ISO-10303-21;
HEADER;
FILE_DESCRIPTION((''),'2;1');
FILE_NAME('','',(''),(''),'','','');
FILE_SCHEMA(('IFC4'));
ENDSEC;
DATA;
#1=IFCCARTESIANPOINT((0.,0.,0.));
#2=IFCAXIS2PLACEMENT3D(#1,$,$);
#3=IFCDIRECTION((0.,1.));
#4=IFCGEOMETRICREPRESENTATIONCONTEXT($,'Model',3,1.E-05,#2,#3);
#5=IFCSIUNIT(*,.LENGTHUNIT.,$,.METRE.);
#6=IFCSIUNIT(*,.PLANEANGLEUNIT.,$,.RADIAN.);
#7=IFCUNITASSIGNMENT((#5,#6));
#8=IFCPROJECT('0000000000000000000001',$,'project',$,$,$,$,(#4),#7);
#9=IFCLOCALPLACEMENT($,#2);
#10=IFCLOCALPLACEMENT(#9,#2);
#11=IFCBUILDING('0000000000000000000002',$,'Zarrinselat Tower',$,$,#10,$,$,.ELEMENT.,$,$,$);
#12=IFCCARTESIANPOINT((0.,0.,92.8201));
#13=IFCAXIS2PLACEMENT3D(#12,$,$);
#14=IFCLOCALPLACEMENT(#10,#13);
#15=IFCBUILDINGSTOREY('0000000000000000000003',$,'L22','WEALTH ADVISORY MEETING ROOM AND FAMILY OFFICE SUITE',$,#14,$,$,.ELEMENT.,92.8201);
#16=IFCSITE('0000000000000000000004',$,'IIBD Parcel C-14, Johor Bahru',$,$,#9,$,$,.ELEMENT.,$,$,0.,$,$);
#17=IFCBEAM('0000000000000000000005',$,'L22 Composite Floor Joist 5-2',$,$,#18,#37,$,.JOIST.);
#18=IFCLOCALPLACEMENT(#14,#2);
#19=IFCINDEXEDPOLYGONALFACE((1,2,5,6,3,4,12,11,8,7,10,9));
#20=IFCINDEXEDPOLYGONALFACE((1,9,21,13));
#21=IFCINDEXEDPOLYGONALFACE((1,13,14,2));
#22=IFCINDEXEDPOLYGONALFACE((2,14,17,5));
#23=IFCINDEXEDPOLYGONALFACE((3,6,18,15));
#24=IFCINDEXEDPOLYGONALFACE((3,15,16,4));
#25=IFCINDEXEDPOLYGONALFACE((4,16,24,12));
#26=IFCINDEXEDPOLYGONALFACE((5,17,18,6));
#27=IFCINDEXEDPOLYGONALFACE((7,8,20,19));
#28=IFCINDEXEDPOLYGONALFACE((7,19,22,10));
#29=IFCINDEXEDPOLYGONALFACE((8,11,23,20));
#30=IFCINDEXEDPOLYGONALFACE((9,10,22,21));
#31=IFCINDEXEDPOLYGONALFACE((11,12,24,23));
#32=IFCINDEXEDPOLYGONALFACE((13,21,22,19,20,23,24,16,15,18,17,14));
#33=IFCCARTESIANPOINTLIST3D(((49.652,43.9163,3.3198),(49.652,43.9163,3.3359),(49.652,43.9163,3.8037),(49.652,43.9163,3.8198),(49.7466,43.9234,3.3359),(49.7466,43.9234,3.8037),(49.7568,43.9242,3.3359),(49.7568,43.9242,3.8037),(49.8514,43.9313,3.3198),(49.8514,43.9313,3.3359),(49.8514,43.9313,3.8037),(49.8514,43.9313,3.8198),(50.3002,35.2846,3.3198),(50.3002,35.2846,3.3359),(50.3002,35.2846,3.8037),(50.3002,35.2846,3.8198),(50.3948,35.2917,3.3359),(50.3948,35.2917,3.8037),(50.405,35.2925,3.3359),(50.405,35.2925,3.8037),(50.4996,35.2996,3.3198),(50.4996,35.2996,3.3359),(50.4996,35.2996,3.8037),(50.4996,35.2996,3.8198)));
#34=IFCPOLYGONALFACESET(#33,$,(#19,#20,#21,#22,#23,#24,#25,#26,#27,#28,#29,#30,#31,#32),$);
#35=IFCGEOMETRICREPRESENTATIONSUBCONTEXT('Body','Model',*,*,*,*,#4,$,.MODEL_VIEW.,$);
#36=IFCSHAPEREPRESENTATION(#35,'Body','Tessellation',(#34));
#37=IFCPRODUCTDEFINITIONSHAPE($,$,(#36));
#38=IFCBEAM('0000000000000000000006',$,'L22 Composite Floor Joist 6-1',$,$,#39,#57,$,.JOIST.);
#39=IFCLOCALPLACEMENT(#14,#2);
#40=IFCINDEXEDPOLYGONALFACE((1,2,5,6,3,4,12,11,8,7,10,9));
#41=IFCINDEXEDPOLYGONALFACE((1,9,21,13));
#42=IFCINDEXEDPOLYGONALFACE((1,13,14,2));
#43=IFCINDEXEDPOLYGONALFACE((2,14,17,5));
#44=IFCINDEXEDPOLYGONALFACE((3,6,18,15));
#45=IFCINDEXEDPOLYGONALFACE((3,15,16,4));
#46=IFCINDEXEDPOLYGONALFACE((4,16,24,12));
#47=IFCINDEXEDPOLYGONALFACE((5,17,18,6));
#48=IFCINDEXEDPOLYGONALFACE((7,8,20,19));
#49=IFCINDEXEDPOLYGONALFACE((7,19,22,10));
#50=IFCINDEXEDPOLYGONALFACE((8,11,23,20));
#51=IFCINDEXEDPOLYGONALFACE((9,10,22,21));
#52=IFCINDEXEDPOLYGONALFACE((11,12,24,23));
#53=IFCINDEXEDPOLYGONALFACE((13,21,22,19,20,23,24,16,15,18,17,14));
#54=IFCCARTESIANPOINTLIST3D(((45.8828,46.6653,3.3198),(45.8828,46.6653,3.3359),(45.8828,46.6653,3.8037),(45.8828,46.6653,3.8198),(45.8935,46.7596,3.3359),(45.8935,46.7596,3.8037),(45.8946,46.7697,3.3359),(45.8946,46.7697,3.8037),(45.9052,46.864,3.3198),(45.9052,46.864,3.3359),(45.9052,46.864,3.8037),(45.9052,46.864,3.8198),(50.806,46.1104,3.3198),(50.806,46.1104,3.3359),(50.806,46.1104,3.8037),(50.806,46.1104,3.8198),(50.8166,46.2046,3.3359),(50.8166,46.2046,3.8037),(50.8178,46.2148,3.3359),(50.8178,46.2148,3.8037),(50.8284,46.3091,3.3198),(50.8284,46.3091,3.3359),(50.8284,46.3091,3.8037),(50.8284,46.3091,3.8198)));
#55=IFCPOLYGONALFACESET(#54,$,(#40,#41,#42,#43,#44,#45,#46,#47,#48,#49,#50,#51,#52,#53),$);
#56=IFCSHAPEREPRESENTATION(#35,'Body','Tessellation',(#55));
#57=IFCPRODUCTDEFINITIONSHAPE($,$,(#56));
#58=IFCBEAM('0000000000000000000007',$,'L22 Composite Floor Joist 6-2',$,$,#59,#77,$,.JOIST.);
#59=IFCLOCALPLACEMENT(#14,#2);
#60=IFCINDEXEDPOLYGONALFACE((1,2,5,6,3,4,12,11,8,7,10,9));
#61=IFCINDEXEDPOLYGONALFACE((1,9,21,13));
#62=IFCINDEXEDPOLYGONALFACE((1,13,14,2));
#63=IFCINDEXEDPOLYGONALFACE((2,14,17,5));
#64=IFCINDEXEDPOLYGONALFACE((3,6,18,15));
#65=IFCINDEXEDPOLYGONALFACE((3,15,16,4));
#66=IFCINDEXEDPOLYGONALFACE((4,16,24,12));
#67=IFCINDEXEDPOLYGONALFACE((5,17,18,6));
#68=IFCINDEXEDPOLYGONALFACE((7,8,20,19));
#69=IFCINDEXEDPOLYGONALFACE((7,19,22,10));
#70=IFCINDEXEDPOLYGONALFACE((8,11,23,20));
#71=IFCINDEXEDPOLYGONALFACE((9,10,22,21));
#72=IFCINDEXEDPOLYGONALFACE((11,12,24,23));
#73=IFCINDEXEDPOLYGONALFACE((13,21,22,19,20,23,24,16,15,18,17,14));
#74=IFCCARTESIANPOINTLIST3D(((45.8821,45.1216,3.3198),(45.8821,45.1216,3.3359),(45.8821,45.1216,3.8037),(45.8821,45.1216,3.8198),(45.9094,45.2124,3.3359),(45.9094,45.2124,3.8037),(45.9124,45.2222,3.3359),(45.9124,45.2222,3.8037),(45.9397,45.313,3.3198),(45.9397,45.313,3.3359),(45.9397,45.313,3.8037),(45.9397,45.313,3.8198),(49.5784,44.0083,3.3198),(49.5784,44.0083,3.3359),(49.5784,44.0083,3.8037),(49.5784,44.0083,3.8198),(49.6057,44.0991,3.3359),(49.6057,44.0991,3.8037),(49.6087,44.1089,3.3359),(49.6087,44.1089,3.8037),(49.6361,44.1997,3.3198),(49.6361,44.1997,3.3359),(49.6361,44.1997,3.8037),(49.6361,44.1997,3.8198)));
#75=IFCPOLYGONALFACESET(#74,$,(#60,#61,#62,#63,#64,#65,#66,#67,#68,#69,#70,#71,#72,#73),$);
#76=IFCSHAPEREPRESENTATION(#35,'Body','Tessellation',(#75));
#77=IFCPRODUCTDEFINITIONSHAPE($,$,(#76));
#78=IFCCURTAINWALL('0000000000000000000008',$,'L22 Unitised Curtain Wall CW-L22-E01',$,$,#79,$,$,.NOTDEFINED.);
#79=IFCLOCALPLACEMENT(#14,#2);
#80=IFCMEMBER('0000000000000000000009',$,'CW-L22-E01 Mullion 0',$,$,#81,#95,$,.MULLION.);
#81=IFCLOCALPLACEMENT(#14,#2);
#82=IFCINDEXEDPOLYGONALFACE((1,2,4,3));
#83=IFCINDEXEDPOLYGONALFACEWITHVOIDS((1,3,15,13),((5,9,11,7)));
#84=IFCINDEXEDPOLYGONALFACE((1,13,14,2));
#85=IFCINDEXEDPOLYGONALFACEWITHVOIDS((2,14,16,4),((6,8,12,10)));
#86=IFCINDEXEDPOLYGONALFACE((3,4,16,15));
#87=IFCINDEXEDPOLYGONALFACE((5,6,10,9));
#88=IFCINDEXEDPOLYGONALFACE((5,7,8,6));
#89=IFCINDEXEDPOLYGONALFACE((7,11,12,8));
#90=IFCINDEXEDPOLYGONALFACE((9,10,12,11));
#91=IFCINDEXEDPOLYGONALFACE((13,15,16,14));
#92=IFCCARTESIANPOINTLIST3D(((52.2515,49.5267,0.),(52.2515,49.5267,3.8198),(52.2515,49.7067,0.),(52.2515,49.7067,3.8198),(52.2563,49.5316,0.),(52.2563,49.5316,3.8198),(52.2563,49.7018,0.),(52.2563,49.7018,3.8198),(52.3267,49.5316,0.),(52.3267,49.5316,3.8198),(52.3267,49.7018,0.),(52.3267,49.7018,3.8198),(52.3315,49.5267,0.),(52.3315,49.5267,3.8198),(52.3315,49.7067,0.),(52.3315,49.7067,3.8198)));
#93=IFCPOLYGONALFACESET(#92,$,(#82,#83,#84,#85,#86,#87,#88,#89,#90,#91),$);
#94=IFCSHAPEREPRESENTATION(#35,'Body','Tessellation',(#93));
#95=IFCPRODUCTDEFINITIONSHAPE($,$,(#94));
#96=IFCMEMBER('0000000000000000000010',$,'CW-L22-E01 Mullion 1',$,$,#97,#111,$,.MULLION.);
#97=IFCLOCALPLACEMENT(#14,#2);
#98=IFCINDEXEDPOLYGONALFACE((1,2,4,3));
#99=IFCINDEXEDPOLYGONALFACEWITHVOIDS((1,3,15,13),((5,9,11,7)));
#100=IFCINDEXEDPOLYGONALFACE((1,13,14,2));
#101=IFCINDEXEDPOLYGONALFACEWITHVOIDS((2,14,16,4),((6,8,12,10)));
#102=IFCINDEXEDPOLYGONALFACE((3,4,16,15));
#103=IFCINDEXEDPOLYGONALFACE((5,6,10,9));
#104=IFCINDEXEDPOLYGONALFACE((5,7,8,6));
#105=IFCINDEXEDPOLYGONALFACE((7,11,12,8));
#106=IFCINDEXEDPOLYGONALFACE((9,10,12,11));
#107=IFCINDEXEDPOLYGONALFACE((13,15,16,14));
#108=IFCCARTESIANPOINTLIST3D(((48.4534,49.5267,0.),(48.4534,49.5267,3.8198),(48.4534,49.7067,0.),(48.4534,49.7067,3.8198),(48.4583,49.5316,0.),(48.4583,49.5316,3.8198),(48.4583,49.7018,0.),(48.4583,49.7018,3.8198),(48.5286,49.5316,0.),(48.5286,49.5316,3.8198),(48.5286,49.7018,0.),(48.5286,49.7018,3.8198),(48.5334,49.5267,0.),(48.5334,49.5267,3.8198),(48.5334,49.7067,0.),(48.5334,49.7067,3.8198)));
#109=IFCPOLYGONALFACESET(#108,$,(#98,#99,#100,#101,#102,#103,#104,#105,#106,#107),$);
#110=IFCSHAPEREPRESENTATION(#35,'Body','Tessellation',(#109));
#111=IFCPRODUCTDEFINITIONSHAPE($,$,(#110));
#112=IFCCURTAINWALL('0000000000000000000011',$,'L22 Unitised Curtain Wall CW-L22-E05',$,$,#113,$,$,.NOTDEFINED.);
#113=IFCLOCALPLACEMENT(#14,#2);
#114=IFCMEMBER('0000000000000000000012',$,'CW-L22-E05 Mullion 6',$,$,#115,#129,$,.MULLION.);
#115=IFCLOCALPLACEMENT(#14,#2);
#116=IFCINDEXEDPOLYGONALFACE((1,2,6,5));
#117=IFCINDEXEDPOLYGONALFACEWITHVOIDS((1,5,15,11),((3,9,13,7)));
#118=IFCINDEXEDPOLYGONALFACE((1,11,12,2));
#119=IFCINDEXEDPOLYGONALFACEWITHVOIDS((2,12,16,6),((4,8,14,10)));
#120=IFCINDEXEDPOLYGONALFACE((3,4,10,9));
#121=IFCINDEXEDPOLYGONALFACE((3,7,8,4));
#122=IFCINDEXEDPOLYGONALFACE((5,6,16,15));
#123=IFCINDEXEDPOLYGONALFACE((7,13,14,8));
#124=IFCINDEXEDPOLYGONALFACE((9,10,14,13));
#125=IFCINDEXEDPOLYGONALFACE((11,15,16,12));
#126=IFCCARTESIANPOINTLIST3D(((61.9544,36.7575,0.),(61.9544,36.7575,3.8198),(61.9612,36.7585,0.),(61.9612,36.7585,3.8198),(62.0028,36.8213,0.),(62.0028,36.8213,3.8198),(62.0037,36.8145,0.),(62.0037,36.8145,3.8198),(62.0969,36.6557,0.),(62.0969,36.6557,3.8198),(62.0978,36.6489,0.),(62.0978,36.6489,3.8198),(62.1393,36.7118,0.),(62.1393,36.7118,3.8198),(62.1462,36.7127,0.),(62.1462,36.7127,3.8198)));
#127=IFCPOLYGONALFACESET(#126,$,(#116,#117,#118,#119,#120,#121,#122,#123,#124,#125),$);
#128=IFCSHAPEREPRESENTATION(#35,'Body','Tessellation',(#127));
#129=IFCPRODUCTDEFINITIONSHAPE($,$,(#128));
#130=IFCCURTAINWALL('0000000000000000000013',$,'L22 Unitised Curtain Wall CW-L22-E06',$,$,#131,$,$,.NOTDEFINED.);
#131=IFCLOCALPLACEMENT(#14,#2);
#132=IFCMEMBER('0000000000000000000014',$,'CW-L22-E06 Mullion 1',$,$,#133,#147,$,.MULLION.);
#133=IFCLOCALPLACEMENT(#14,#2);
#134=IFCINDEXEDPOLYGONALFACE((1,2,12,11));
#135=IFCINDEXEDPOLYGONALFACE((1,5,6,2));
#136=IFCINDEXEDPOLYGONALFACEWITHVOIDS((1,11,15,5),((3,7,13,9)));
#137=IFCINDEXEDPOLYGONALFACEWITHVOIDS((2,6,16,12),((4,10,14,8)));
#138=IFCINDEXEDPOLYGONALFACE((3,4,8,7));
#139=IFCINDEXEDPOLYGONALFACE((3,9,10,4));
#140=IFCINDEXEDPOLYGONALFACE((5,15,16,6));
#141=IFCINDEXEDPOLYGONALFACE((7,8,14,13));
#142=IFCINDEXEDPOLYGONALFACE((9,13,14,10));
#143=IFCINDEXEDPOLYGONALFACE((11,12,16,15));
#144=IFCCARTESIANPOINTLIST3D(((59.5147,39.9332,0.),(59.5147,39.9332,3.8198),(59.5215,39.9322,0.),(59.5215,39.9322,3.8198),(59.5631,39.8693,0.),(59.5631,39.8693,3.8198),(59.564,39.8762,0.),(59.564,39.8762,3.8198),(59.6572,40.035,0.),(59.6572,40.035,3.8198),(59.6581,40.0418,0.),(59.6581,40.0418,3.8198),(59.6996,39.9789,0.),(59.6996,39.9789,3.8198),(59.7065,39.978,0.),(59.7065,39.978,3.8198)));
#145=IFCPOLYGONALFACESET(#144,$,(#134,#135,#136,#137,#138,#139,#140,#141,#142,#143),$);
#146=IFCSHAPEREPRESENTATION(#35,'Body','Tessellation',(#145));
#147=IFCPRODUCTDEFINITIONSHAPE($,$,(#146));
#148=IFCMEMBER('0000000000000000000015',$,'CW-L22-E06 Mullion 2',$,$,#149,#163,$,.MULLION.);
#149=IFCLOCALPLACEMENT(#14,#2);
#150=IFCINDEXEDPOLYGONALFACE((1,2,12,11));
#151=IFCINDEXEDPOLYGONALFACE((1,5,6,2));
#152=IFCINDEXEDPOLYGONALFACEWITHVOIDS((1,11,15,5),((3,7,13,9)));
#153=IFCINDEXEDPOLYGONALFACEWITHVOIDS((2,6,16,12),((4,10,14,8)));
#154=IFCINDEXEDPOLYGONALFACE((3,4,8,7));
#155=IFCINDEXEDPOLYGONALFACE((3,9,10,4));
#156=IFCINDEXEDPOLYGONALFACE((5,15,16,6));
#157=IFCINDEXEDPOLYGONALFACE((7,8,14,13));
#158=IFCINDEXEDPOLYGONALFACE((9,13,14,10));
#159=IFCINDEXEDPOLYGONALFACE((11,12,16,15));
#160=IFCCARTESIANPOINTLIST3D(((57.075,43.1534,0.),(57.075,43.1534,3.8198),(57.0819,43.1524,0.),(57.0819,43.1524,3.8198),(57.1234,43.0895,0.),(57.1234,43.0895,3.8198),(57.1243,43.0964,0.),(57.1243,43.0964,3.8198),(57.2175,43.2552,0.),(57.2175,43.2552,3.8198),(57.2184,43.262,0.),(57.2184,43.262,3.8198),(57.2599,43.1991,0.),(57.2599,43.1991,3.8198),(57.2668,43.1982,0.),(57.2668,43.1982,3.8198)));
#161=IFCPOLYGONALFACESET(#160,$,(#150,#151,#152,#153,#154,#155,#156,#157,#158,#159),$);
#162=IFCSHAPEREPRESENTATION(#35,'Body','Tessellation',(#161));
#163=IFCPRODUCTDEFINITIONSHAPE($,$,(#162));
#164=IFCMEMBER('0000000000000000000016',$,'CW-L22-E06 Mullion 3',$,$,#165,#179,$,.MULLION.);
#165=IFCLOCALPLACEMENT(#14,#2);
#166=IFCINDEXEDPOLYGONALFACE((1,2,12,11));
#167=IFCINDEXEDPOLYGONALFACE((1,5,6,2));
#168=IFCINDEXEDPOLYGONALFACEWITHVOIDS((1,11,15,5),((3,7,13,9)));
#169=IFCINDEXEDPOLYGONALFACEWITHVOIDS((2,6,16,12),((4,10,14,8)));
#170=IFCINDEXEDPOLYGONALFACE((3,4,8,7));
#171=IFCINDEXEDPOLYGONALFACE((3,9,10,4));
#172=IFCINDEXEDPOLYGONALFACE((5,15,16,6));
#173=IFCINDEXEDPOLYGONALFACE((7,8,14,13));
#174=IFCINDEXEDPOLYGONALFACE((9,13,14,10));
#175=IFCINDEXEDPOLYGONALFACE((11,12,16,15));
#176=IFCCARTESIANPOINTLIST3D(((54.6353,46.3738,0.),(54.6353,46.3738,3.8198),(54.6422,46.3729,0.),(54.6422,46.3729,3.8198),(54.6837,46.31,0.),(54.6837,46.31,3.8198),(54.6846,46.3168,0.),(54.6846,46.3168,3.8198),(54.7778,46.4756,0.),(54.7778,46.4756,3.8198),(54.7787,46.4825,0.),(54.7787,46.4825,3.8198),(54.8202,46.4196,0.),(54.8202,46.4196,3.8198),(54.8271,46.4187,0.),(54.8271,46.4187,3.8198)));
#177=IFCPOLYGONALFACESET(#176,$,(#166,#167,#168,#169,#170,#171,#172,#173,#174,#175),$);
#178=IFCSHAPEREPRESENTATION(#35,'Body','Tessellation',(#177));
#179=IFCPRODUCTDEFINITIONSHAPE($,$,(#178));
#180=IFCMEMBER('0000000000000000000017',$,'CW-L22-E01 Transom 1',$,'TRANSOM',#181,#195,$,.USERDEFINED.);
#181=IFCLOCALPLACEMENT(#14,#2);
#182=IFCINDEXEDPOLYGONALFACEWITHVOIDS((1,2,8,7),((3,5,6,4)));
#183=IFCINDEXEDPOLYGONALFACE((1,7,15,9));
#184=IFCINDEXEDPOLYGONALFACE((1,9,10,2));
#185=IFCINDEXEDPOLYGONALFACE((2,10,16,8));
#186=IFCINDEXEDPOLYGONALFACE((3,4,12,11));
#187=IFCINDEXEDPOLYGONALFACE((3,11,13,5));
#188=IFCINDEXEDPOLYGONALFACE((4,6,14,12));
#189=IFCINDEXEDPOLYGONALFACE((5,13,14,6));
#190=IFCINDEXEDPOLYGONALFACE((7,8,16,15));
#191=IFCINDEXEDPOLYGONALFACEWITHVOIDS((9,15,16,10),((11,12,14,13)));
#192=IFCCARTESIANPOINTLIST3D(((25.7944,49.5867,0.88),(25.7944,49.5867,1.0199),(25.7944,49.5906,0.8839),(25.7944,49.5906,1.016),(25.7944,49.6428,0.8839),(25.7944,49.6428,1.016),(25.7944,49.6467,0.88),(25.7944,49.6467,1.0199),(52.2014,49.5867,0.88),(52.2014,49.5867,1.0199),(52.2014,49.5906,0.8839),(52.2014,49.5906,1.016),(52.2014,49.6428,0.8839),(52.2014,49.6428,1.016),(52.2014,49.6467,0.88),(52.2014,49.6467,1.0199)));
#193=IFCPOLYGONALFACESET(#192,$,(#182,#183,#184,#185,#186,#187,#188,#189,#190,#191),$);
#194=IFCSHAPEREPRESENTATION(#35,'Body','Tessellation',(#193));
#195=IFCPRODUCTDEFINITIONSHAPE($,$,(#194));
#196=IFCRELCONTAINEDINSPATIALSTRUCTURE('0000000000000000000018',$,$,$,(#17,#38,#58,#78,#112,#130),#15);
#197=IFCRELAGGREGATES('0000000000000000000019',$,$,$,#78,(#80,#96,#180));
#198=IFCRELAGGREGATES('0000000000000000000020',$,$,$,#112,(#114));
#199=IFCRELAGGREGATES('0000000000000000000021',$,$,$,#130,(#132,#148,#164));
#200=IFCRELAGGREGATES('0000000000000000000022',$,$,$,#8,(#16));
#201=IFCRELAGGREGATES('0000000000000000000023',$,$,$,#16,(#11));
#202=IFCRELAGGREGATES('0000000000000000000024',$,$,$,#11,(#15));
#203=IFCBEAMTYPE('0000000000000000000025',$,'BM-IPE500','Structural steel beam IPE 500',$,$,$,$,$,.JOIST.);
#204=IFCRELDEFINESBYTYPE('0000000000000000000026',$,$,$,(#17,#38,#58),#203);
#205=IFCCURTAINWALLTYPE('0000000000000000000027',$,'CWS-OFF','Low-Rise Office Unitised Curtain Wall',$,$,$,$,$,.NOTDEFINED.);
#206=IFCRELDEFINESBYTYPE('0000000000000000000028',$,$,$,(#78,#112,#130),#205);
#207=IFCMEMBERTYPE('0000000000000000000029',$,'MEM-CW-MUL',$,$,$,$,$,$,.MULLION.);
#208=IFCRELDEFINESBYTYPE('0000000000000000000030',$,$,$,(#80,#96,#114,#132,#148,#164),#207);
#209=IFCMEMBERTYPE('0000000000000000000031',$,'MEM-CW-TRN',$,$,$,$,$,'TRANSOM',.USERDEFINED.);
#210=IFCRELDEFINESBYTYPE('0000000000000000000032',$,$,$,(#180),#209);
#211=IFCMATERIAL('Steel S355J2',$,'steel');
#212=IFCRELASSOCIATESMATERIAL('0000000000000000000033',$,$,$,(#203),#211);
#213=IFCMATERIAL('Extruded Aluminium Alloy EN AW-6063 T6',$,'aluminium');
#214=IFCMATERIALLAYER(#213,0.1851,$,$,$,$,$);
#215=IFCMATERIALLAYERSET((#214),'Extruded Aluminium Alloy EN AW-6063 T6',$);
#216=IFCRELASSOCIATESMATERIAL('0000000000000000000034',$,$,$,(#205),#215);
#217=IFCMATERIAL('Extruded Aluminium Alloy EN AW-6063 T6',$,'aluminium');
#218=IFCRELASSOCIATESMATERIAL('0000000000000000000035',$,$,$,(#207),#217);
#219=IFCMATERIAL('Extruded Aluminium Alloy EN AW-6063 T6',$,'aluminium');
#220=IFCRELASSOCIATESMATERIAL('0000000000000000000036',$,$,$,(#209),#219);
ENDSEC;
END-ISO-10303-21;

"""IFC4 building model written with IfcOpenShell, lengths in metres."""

from ifc_helpers import new_model, si_unit, direction, frame, origin, origin_2d, place, context, subcontext, project, spatial, hollow_rectangle, i_section, extrude, material, layer, layer_set, material_profile, profile_set, type_object, element, aggregate, save


model = new_model("IFC4")

# Units and contexts
model_context = context("Model", 3, precision=1e-05, world=origin(), true_north=direction((0.0, 1.0)))
body_context = subcontext(model_context, "Body", "Model", "MODEL_VIEW")
ifc_project = project(units=[si_unit("LENGTHUNIT", "METRE"), si_unit("PLANEANGLEUNIT", "RADIAN")], contexts=[model_context])

# Site, building, storey
site_placement = place(None, origin())
site = spatial("IfcSite", under=ifc_project, at=site_placement, Name="IIBD Parcel C-14, Johor Bahru", CompositionType="ELEMENT", RefElevation=0.0)
building_placement = place(site_placement, origin())
building = spatial("IfcBuilding", under=site, at=building_placement, Name="Zarrinselat Tower", CompositionType="ELEMENT")
storey_placement = place(building_placement, frame((0.0, 0.0, 92.8201)))
storey = spatial("IfcBuildingStorey", under=building, at=storey_placement, Name="L22", Description="WEALTH ADVISORY MEETING ROOM AND FAMILY OFFICE SUITE", CompositionType="ELEMENT", Elevation=92.8201)

# Beams
ifc_material_1 = material(Name="Steel S355J2", Category="steel")
ifc_material_profile_1 = material_profile(ifc_material_1, i_section(OverallWidth=0.2, OverallDepth=0.5, WebThickness=0.0103, FlangeThickness=0.0161, at=origin_2d()), Name="IPE 500")
ifc_profile_set_1 = profile_set([ifc_material_profile_1], Name="Steel S355J2")
beam_type_1 = type_object("IfcBeamType", Name="BM-IPE500", Description="Structural steel beam IPE 500", PredefinedType="JOIST", material=ifc_profile_set_1)
beam_1_placement = place(storey_placement, frame((49.7517, 43.9238, 3.5698), z_axis=(0.074885, -0.997192, 0.0), x_axis=(0.997192, 0.074885, 0.0)))
element("IfcBeam", 1, at=beam_1_placement, inside=storey, type_object=beam_type_1, Name="L22 Composite Floor Joist 5-2", PredefinedType="JOIST", context=body_context, shape_type="SweptSolid", body=[
    extrude(i_section(OverallWidth=0.2, OverallDepth=0.5, WebThickness=0.0103, FlangeThickness=0.0161, at=origin_2d()), origin(), (0.0, 0.0, 1.0), 8.656),
])
beam_2_placement = place(storey_placement, frame((45.894, 46.7646, 3.5698), z_axis=(0.993707, -0.112011, 0.0), x_axis=(0.112011, 0.993707, 0.0)))
element("IfcBeam", 2, at=beam_2_placement, inside=storey, type_object=beam_type_1, Name="L22 Composite Floor Joist 6-1", PredefinedType="JOIST", context=body_context, shape_type="SweptSolid", body=[
    extrude(i_section(OverallWidth=0.2, OverallDepth=0.5, WebThickness=0.0103, FlangeThickness=0.0161, at=origin_2d()), origin(), (0.0, 0.0, 1.0), 4.9543),
])
beam_3_placement = place(storey_placement, frame((45.9109, 45.2173, 3.5698), z_axis=(0.957512, -0.288392, 0.0), x_axis=(0.288392, 0.957512, 0.0)))
element("IfcBeam", 3, at=beam_3_placement, inside=storey, type_object=beam_type_1, Name="L22 Composite Floor Joist 6-2", PredefinedType="JOIST", context=body_context, shape_type="SweptSolid", body=[
    extrude(i_section(OverallWidth=0.2, OverallDepth=0.5, WebThickness=0.0103, FlangeThickness=0.0161, at=origin_2d()), origin(), (0.0, 0.0, 1.0), 3.8604),
])

# Curtain wall, members
ifc_material_2 = material(Name="Extruded Aluminium Alloy EN AW-6063 T6", Category="aluminium")
ifc_layer_1 = layer(ifc_material_2, 0.1851)
ifc_layer_set_1 = layer_set([ifc_layer_1], Name="Extruded Aluminium Alloy EN AW-6063 T6")
curtain_wall_type = type_object("IfcCurtainWallType", Name="CWS-OFF", Description="Low-Rise Office Unitised Curtain Wall", PredefinedType="NOTDEFINED", material=ifc_layer_set_1)
curtain_wall_1_placement = place(storey_placement, origin())
curtain_wall_1 = element("IfcCurtainWall", 4, at=curtain_wall_1_placement, inside=storey, type_object=curtain_wall_type, Name="L22 Unitised Curtain Wall CW-L22-E01", PredefinedType="NOTDEFINED")
ifc_material_3 = material(Name="Extruded Aluminium Alloy EN AW-6063 T6", Category="aluminium")
ifc_material_profile_2 = material_profile(ifc_material_3, hollow_rectangle(XDim=0.0801, YDim=0.1799, WallThickness=0.0049, at=origin_2d()), Name="RHS 180x80x5")
ifc_profile_set_2 = profile_set([ifc_material_profile_2], Name="Extruded Aluminium Alloy EN AW-6063 T6")
member_type_1 = type_object("IfcMemberType", Name="MEM-CW-MUL", PredefinedType="MULLION", material=ifc_profile_set_2)
member_1_placement = place(storey_placement, frame((52.2915, 49.6167, 0.0), z_axis=(0.0, 0.0, 1.0), x_axis=(-1.0, 0.0, 0.0)))
member_1 = element("IfcMember", 5, at=member_1_placement, type_object=member_type_1, Name="CW-L22-E01 Mullion 0", PredefinedType="MULLION", context=body_context, shape_type="SweptSolid", body=[
    extrude(hollow_rectangle(XDim=0.0801, YDim=0.1799, WallThickness=0.0049, at=origin_2d()), origin(), (0.0, 0.0, 1.0), 3.8198),
])
member_2_placement = place(storey_placement, frame((48.4934, 49.6167, 0.0), z_axis=(0.0, 0.0, 1.0), x_axis=(-1.0, 0.0, 0.0)))
member_2 = element("IfcMember", 6, at=member_2_placement, type_object=member_type_1, Name="CW-L22-E01 Mullion 1", PredefinedType="MULLION", context=body_context, shape_type="SweptSolid", body=[
    extrude(hollow_rectangle(XDim=0.0801, YDim=0.1799, WallThickness=0.0049, at=origin_2d()), origin(), (0.0, 0.0, 1.0), 3.8198),
])

# Curtain wall, member
curtain_wall_2_placement = place(storey_placement, origin())
curtain_wall_2 = element("IfcCurtainWall", 7, at=curtain_wall_2_placement, inside=storey, type_object=curtain_wall_type, Name="L22 Unitised Curtain Wall CW-L22-E05", PredefinedType="NOTDEFINED")
member_3_placement = place(storey_placement, frame((62.0503, 36.7351, 0.0), z_axis=(0.0, 0.0, 1.0), x_axis=(0.603856, 0.797094, 0.0)))
member_3 = element("IfcMember", 8, at=member_3_placement, type_object=member_type_1, Name="CW-L22-E05 Mullion 6", PredefinedType="MULLION", context=body_context, shape_type="SweptSolid", body=[
    extrude(hollow_rectangle(XDim=0.0801, YDim=0.1799, WallThickness=0.0049, at=origin_2d()), origin(), (0.0, 0.0, 1.0), 3.8198),
])

# Curtain wall, members
curtain_wall_3_placement = place(storey_placement, origin())
curtain_wall_3 = element("IfcCurtainWall", 9, at=curtain_wall_3_placement, inside=storey, type_object=curtain_wall_type, Name="L22 Unitised Curtain Wall CW-L22-E06", PredefinedType="NOTDEFINED")
member_4_placement = place(storey_placement, frame((59.6106, 39.9556, 0.0), z_axis=(0.0, 0.0, 1.0), x_axis=(-0.603858, 0.797092, 0.0)))
member_4 = element("IfcMember", 10, at=member_4_placement, type_object=member_type_1, Name="CW-L22-E06 Mullion 1", PredefinedType="MULLION", context=body_context, shape_type="SweptSolid", body=[
    extrude(hollow_rectangle(XDim=0.0801, YDim=0.1799, WallThickness=0.0049, at=origin_2d()), origin(), (0.0, 0.0, 1.0), 3.8198),
])
member_5_placement = place(storey_placement, frame((57.1709, 43.1758, 0.0), z_axis=(0.0, 0.0, 1.0), x_axis=(-0.603858, 0.797092, 0.0)))
member_5 = element("IfcMember", 11, at=member_5_placement, type_object=member_type_1, Name="CW-L22-E06 Mullion 2", PredefinedType="MULLION", context=body_context, shape_type="SweptSolid", body=[
    extrude(hollow_rectangle(XDim=0.0801, YDim=0.1799, WallThickness=0.0049, at=origin_2d()), origin(), (0.0, 0.0, 1.0), 3.8198),
])
member_6_placement = place(storey_placement, frame((54.7312, 46.3962, 0.0), z_axis=(0.0, 0.0, 1.0), x_axis=(-0.603858, 0.797092, 0.0)))
member_6 = element("IfcMember", 12, at=member_6_placement, type_object=member_type_1, Name="CW-L22-E06 Mullion 3", PredefinedType="MULLION", context=body_context, shape_type="SweptSolid", body=[
    extrude(hollow_rectangle(XDim=0.0801, YDim=0.1799, WallThickness=0.0049, at=origin_2d()), origin(), (0.0, 0.0, 1.0), 3.8198),
])

# Member
ifc_material_4 = material(Name="Extruded Aluminium Alloy EN AW-6063 T6", Category="aluminium")
ifc_material_profile_3 = material_profile(ifc_material_4, hollow_rectangle(XDim=0.0601, YDim=0.1399, WallThickness=0.0039, at=origin_2d()), Name="RHS 140x60x4")
ifc_profile_set_3 = profile_set([ifc_material_profile_3], Name="Extruded Aluminium Alloy EN AW-6063 T6")
member_type_2 = type_object("IfcMemberType", Name="MEM-CW-TRN", ElementType="TRANSOM", PredefinedType="USERDEFINED", material=ifc_profile_set_3)
member_7_placement = place(storey_placement, frame((52.2014, 49.6167, 0.95), z_axis=(-1.0, 0.0, 0.0), x_axis=(0.0, -1.0, 0.0)))
member_7 = element("IfcMember", 13, at=member_7_placement, type_object=member_type_2, Name="CW-L22-E01 Transom 1", ObjectType="TRANSOM", PredefinedType="USERDEFINED", context=body_context, shape_type="SweptSolid", body=[
    extrude(hollow_rectangle(XDim=0.0601, YDim=0.1399, WallThickness=0.0039, at=origin_2d()), origin(), (0.0, 0.0, 1.0), 26.407),
])

aggregate(curtain_wall_1, [member_1, member_2, member_7])
aggregate(curtain_wall_2, [member_3])
aggregate(curtain_wall_3, [member_4, member_5, member_6])

save(model, "model.ifc")
